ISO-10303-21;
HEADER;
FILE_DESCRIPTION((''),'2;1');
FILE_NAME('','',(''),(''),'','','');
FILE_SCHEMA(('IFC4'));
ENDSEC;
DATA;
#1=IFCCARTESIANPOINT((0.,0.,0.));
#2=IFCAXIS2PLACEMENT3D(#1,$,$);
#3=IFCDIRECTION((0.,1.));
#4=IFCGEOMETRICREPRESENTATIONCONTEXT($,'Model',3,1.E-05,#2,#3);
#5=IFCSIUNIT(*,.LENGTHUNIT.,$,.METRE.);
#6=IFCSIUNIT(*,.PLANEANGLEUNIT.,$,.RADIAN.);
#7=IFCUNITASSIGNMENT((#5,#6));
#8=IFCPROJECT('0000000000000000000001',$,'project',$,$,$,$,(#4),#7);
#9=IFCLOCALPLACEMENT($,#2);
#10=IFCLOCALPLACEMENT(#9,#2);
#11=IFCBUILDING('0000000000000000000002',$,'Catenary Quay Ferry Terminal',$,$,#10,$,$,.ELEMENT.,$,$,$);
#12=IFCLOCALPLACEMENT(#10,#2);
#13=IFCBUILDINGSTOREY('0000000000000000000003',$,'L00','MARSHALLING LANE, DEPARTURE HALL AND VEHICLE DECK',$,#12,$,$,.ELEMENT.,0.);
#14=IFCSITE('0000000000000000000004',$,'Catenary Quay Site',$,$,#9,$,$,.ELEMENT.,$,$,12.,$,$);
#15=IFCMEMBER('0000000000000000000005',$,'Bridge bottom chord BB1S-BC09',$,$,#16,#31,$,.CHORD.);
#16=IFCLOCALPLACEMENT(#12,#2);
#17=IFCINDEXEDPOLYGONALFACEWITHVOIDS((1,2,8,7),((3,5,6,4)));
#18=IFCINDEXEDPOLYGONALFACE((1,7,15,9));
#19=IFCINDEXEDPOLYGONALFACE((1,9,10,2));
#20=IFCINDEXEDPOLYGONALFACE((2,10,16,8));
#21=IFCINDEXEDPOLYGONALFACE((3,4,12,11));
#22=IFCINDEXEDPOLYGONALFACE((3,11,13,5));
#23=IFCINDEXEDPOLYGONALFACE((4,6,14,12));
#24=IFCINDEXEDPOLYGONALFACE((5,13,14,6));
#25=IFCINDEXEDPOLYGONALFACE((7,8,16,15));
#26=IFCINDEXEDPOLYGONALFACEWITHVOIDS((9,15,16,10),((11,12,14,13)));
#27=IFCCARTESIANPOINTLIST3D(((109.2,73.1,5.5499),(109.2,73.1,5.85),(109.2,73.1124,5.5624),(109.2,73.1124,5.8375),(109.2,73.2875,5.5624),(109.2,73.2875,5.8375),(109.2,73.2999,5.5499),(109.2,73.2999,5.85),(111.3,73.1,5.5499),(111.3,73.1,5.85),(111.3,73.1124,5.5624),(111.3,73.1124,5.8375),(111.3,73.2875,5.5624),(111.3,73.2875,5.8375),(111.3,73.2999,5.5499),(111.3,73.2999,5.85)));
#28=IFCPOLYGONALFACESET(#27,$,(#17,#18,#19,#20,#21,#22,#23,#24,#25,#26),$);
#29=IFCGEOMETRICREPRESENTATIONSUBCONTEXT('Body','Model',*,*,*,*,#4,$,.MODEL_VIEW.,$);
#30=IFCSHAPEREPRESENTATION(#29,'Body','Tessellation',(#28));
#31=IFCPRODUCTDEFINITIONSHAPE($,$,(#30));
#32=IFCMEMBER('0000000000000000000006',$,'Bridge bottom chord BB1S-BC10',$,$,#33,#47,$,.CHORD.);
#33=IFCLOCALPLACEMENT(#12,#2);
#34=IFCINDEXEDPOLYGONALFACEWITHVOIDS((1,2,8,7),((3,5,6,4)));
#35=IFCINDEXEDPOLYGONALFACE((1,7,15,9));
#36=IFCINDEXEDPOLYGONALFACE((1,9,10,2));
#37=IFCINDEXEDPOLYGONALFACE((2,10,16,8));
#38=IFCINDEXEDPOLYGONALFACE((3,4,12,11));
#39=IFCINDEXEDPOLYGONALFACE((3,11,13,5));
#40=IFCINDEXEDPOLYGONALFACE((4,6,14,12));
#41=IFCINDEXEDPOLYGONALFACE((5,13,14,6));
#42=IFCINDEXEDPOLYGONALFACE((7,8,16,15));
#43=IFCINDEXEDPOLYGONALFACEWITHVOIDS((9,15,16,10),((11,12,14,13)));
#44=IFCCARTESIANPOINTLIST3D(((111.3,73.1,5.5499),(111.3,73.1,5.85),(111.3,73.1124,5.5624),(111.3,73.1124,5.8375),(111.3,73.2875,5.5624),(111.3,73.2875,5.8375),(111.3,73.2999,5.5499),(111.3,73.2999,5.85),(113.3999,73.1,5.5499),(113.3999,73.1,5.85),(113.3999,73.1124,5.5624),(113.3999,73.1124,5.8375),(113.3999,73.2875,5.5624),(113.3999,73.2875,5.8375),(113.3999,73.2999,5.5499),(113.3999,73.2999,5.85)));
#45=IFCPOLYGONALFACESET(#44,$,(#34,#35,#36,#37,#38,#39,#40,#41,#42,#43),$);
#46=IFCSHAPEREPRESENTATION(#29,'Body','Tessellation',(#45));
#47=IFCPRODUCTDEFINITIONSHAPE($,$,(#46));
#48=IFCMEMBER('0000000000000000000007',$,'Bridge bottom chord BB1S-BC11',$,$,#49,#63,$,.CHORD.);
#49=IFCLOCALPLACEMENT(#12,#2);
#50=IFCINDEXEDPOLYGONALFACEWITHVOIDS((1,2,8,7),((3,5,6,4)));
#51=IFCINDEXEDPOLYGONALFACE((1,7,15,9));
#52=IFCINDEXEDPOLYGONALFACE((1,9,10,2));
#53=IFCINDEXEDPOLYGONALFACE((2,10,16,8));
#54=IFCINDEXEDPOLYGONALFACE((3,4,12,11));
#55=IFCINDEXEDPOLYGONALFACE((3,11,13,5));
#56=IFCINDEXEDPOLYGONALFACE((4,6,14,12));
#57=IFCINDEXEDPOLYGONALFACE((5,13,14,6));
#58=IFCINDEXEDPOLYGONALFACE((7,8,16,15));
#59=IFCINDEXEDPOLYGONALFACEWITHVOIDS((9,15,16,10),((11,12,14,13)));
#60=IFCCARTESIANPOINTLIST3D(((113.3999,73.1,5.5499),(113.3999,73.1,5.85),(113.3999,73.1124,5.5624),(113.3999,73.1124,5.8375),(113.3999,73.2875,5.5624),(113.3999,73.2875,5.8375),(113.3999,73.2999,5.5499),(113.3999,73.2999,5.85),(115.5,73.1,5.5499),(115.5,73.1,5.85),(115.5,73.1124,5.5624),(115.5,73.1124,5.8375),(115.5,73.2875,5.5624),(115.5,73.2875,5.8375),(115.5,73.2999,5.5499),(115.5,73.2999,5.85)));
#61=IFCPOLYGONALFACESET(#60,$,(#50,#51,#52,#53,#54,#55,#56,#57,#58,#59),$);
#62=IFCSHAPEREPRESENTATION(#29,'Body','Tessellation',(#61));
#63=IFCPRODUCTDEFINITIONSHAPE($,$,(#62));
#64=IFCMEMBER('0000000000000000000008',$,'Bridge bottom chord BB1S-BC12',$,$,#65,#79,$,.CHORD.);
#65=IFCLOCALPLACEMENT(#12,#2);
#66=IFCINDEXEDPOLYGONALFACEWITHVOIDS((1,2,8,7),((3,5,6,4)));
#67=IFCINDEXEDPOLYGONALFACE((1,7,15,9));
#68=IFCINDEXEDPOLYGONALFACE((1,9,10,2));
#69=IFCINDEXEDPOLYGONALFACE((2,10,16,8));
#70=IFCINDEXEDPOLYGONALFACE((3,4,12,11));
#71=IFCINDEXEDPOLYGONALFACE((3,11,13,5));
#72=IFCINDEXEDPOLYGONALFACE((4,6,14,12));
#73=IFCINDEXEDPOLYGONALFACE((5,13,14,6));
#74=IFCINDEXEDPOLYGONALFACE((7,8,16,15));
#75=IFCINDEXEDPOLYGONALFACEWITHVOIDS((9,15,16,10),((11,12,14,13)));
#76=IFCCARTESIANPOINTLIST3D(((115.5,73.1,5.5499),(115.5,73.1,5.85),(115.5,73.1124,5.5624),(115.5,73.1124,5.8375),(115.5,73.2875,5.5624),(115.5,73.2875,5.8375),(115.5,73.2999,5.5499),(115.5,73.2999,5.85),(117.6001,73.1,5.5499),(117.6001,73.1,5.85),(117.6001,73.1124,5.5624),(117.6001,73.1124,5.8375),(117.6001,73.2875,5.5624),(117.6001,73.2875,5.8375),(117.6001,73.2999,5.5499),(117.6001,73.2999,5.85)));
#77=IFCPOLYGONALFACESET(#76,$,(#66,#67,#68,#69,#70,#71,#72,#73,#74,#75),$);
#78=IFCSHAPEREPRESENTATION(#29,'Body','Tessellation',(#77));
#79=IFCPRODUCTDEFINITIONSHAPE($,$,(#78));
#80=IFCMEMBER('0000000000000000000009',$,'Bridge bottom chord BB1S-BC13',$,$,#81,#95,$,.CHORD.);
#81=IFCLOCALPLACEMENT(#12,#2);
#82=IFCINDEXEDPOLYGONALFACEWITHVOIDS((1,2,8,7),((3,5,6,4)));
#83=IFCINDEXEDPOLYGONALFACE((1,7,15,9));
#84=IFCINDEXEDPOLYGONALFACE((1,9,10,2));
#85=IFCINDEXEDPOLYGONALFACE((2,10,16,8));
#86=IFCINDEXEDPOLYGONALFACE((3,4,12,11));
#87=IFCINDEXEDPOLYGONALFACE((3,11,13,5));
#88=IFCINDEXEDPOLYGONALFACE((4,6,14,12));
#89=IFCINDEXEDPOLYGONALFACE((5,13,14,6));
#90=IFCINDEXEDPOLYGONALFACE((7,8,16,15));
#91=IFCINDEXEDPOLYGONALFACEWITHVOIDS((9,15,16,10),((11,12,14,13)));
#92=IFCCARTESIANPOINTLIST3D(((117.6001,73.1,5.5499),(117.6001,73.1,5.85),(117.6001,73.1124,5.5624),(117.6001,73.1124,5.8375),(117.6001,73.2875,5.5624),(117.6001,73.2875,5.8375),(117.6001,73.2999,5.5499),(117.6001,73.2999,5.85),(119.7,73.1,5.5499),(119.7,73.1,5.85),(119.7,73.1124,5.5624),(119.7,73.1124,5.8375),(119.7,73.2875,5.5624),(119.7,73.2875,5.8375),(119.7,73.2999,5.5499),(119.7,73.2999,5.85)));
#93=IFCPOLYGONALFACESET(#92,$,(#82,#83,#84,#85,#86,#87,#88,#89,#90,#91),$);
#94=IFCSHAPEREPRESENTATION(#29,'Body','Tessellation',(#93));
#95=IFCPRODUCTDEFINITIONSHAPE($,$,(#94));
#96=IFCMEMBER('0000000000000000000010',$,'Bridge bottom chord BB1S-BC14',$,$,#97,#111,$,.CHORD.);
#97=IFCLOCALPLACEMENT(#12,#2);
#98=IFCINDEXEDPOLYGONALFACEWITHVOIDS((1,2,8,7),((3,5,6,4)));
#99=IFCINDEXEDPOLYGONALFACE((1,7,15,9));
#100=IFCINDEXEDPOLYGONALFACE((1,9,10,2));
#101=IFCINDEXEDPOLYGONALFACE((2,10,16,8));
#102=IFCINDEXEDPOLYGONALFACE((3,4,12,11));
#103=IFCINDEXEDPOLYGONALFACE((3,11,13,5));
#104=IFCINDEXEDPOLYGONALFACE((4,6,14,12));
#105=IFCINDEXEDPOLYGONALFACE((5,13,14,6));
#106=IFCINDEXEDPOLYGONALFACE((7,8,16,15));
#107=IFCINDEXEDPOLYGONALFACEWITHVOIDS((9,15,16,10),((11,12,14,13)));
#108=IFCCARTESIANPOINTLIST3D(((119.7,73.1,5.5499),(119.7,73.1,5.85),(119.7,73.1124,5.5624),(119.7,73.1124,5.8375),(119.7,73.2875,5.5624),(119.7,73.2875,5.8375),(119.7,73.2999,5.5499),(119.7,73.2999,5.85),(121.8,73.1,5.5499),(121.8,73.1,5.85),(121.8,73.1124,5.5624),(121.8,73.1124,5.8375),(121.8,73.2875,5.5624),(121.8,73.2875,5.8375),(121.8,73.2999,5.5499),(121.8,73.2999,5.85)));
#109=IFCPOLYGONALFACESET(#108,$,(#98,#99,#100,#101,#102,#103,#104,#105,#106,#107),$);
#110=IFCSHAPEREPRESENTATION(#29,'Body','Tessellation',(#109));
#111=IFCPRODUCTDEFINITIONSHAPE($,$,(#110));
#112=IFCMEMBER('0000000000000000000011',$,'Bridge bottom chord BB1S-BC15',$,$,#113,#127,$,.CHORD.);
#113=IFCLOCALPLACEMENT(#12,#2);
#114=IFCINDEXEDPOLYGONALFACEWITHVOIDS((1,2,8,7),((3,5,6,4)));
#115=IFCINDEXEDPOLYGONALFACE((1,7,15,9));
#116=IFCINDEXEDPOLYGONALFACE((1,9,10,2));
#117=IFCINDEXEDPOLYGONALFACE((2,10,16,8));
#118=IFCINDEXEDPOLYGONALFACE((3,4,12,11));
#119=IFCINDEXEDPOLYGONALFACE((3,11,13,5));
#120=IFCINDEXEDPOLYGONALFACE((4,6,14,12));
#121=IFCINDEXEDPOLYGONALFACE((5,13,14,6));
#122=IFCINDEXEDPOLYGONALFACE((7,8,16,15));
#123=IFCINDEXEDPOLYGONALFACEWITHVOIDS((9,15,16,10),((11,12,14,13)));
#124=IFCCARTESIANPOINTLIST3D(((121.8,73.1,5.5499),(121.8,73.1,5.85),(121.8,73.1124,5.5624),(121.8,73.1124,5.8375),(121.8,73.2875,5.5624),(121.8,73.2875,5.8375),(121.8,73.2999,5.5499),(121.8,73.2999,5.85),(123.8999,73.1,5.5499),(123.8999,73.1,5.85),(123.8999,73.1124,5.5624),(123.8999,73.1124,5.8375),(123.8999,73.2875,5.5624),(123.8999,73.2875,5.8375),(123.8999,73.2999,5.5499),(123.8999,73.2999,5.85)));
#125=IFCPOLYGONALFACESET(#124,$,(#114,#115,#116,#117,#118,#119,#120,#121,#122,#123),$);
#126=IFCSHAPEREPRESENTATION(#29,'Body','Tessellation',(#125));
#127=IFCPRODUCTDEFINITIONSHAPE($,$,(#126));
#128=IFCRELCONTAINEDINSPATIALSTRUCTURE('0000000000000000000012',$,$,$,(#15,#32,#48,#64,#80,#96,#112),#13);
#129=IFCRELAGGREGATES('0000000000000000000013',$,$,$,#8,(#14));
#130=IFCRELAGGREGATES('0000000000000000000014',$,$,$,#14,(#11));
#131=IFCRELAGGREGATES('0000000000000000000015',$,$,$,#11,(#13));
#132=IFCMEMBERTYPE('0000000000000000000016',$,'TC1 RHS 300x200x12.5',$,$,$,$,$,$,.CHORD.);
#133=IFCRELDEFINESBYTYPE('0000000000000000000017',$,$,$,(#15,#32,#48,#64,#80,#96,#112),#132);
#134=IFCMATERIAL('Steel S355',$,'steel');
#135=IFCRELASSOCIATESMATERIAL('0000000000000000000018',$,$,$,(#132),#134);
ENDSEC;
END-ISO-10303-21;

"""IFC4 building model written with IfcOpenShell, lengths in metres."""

from ifc_helpers import new_model, si_unit, direction, frame, origin, origin_2d, place, context, subcontext, project, spatial, hollow_rectangle, extrude, material, material_profile, profile_set, type_object, element, save


model = new_model("IFC4")

# Units and contexts
model_context = context("Model", 3, precision=1e-05, world=origin(), true_north=direction((0.0, 1.0)))
body_context = subcontext(model_context, "Body", "Model", "MODEL_VIEW")
ifc_project = project(units=[si_unit("LENGTHUNIT", "METRE"), si_unit("PLANEANGLEUNIT", "RADIAN")], contexts=[model_context])

# Site, building, storey
site_placement = place(None, origin())
site = spatial("IfcSite", under=ifc_project, at=site_placement, Name="Catenary Quay Site", CompositionType="ELEMENT", RefElevation=12.0)
building_placement = place(site_placement, origin())
building = spatial("IfcBuilding", under=site, at=building_placement, Name="Catenary Quay Ferry Terminal", CompositionType="ELEMENT")
storey_placement = place(building_placement, origin())
storey = spatial("IfcBuildingStorey", under=building, at=storey_placement, Name="L00", Description="MARSHALLING LANE, DEPARTURE HALL AND VEHICLE DECK", CompositionType="ELEMENT", Elevation=0.0)

# Members
ifc_material_1 = material(Name="Steel S355", Category="steel")
ifc_material_profile_1 = material_profile(ifc_material_1, hollow_rectangle(XDim=0.2, YDim=0.3, WallThickness=0.0125, at=origin_2d()), Name="RHS 300x200x12.5")
ifc_profile_set_1 = profile_set([ifc_material_profile_1], Name="Steel S355")
member_type_1 = type_object("IfcMemberType", Name="TC1 RHS 300x200x12.5", PredefinedType="CHORD", material=ifc_profile_set_1)
member_1_placement = place(storey_placement, frame((109.2, 73.2, 5.7), z_axis=(1.0, 0.0, 0.0), x_axis=(0.0, 1.0, 0.0)))
element("IfcMember", 1, at=member_1_placement, inside=storey, type_object=member_type_1, Name="Bridge bottom chord BB1S-BC09", PredefinedType="CHORD", context=body_context, shape_type="SweptSolid", body=[
    extrude(hollow_rectangle(XDim=0.2, YDim=0.3, WallThickness=0.0125, at=origin_2d()), origin(), (0.0, 0.0, 1.0), 2.1001),
])
member_2_placement = place(storey_placement, frame((111.3, 73.2, 5.7), z_axis=(1.0, 0.0, 0.0), x_axis=(0.0, 1.0, 0.0)))
element("IfcMember", 2, at=member_2_placement, inside=storey, type_object=member_type_1, Name="Bridge bottom chord BB1S-BC10", PredefinedType="CHORD", context=body_context, shape_type="SweptSolid", body=[
    extrude(hollow_rectangle(XDim=0.2, YDim=0.3, WallThickness=0.0125, at=origin_2d()), origin(), (0.0, 0.0, 1.0), 2.0999),
])
for number, where, z_axis, x_axis, name in (
    (3, (113.3999, 73.2, 5.7), (1.0, 0.0, 0.0), (0.0, 1.0, 0.0), "Bridge bottom chord BB1S-BC11"),
    (4, (115.5, 73.2, 5.7), (1.0, 0.0, 0.0), (0.0, 1.0, 0.0), "Bridge bottom chord BB1S-BC12"),
):
    element("IfcMember", number, at=place(storey_placement, frame(where, z_axis=z_axis, x_axis=x_axis)), inside=storey, type_object=member_type_1, Name=name, PredefinedType="CHORD", context=body_context, shape_type="SweptSolid", body=[
        extrude(hollow_rectangle(XDim=0.2, YDim=0.3, WallThickness=0.0125, at=origin_2d()), origin(), (0.0, 0.0, 1.0), 2.1001),
    ])
member_3_placement = place(storey_placement, frame((117.6001, 73.2, 5.7), z_axis=(1.0, 0.0, 0.0), x_axis=(0.0, 1.0, 0.0)))
element("IfcMember", 5, at=member_3_placement, inside=storey, type_object=member_type_1, Name="Bridge bottom chord BB1S-BC13", PredefinedType="CHORD", context=body_context, shape_type="SweptSolid", body=[
    extrude(hollow_rectangle(XDim=0.2, YDim=0.3, WallThickness=0.0125, at=origin_2d()), origin(), (0.0, 0.0, 1.0), 2.0999),
])
member_4_placement = place(storey_placement, frame((119.7, 73.2, 5.7), z_axis=(1.0, 0.0, 0.0), x_axis=(0.0, 1.0, 0.0)))
element("IfcMember", 6, at=member_4_placement, inside=storey, type_object=member_type_1, Name="Bridge bottom chord BB1S-BC14", PredefinedType="CHORD", context=body_context, shape_type="SweptSolid", body=[
    extrude(hollow_rectangle(XDim=0.2, YDim=0.3, WallThickness=0.0125, at=origin_2d()), origin(), (0.0, 0.0, 1.0), 2.1001),
])
member_5_placement = place(storey_placement, frame((121.8, 73.2, 5.7), z_axis=(1.0, 0.0, 0.0), x_axis=(0.0, 1.0, 0.0)))
element("IfcMember", 7, at=member_5_placement, inside=storey, type_object=member_type_1, Name="Bridge bottom chord BB1S-BC15", PredefinedType="CHORD", context=body_context, shape_type="SweptSolid", body=[
    extrude(hollow_rectangle(XDim=0.2, YDim=0.3, WallThickness=0.0125, at=origin_2d()), origin(), (0.0, 0.0, 1.0), 2.0999),
])

save(model, "model.ifc")
